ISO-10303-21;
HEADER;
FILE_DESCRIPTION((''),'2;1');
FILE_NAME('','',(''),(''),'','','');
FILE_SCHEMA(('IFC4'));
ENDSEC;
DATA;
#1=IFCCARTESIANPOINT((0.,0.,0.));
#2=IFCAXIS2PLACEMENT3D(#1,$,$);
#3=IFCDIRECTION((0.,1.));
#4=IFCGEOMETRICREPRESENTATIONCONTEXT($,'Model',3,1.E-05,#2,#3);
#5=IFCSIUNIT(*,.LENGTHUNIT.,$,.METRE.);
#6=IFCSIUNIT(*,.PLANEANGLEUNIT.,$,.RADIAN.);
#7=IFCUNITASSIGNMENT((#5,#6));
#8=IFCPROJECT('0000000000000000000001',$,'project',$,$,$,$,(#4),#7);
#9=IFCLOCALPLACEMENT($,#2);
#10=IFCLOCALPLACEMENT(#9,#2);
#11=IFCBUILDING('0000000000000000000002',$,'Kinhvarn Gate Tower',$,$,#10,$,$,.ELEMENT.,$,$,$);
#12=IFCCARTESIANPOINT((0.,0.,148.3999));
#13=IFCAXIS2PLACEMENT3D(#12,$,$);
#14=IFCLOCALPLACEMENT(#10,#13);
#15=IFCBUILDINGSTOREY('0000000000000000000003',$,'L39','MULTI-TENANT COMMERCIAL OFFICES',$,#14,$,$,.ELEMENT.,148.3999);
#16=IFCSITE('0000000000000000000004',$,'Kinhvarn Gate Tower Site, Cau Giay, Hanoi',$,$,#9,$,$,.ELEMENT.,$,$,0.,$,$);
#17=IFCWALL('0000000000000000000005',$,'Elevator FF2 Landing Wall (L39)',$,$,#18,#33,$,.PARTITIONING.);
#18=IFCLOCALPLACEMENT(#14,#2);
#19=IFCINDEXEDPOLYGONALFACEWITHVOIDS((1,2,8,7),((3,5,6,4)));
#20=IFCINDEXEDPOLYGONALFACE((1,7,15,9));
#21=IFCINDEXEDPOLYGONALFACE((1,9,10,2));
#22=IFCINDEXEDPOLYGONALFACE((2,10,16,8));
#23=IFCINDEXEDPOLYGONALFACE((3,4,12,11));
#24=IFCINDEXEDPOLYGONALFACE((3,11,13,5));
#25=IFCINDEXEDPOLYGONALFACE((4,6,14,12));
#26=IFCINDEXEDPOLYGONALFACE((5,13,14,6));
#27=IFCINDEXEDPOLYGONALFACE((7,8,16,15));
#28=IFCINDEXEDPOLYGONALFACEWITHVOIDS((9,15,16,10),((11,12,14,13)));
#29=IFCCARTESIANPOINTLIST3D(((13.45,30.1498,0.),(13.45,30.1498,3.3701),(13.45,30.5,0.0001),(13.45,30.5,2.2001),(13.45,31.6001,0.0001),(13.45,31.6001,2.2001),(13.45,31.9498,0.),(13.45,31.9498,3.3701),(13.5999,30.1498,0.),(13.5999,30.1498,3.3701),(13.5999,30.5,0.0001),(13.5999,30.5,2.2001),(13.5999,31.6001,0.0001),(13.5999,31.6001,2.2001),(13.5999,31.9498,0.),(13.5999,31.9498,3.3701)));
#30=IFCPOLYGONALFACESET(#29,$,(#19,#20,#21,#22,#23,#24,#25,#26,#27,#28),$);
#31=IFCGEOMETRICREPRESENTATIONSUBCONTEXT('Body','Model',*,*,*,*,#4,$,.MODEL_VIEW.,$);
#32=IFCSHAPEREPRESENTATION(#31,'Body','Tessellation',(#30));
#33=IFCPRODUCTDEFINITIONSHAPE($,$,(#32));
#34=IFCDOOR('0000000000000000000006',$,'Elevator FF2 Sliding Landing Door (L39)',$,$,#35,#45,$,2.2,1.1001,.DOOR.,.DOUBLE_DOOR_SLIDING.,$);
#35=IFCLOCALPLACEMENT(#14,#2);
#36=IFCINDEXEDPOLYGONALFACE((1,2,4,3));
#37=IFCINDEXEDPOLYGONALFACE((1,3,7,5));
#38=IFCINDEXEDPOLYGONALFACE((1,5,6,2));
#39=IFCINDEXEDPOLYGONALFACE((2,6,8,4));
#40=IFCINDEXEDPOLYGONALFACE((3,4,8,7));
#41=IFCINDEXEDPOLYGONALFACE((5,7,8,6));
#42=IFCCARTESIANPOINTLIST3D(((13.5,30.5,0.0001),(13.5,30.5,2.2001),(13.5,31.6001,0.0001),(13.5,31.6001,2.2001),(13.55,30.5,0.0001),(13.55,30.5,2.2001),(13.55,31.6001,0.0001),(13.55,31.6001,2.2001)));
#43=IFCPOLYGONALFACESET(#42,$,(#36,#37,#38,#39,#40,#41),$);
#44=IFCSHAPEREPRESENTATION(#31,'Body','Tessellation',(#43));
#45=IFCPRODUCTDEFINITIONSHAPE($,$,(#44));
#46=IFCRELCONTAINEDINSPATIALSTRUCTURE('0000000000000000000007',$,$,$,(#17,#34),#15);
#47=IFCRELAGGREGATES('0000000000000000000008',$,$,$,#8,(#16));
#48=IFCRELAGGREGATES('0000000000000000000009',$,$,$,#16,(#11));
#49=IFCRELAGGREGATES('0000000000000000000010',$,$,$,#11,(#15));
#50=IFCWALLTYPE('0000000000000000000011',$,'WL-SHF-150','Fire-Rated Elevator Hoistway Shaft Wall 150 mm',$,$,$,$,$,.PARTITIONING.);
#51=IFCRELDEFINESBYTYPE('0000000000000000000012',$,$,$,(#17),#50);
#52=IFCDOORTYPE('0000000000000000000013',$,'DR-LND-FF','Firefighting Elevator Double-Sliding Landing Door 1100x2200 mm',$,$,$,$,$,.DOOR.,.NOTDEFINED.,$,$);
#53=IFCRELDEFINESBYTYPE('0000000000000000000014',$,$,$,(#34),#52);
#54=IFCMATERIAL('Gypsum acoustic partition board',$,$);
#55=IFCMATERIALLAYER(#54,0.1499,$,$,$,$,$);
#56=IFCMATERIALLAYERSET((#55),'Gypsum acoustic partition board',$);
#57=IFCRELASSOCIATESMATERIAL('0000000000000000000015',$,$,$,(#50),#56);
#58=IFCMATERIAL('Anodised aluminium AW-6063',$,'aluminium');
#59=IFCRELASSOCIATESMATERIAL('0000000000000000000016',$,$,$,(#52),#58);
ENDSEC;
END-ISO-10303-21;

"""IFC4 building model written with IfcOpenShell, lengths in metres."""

from ifc_helpers import new_model, si_unit, direction, frame, frame_2d, origin, place, context, subcontext, project, spatial, rectangle, extrude, material, layer, layer_set, type_object, element, fill, save


model = new_model("IFC4")

# Units and contexts
model_context = context("Model", 3, precision=1e-05, world=origin(), true_north=direction((0.0, 1.0)))
body_context = subcontext(model_context, "Body", "Model", "MODEL_VIEW")
ifc_project = project(units=[si_unit("LENGTHUNIT", "METRE"), si_unit("PLANEANGLEUNIT", "RADIAN")], contexts=[model_context])

# Site, building, storey
site_placement = place(None, origin())
site = spatial("IfcSite", under=ifc_project, at=site_placement, Name="Kinhvarn Gate Tower Site, Cau Giay, Hanoi", CompositionType="ELEMENT", RefElevation=0.0)
building_placement = place(site_placement, origin())
building = spatial("IfcBuilding", under=site, at=building_placement, Name="Kinhvarn Gate Tower", CompositionType="ELEMENT")
storey_placement = place(building_placement, frame((0.0, 0.0, 148.3999)))
storey = spatial("IfcBuildingStorey", under=building, at=storey_placement, Name="L39", Description="MULTI-TENANT COMMERCIAL OFFICES", CompositionType="ELEMENT", Elevation=148.3999)

# Shared definitions
ifc_material_1 = material(Name="Gypsum acoustic partition board")

# Shared definitions
ifc_layer_1 = layer(ifc_material_1, 0.1499)
ifc_layer_set_1 = layer_set([ifc_layer_1], Name="Gypsum acoustic partition board")
wall_type_1 = type_object("IfcWallType", Name="WL-SHF-150", Description="Fire-Rated Elevator Hoistway Shaft Wall 150 mm", PredefinedType="PARTITIONING", material=ifc_layer_set_1)
ifc_material_2 = material(Name="Anodised aluminium AW-6063", Category="aluminium")

# Wall, opening, door
wall_1_placement = place(storey_placement, frame((13.5249, 30.1499, 0.0), z_axis=(0.0, 0.0, 1.0), x_axis=(0.0, 1.0, 0.0)))
wall_1 = element("IfcWall", 1, at=wall_1_placement, inside=storey, type_object=wall_type_1, Name="Elevator FF2 Landing Wall (L39)", PredefinedType="PARTITIONING", context=body_context, shape_type="SweptSolid", body=[
    extrude(rectangle(XDim=1.8, YDim=0.1499, at=frame_2d((0.8999, 0.0))), origin(), (0.0, 0.0, 1.0), 3.3701),
])
opening_1_placement = place(wall_1_placement, frame((0.3501, 0.0, 0.0)))
opening_1 = element("IfcOpeningElement", 2, at=opening_1_placement, cuts=wall_1, PredefinedType="OPENING", context=body_context, shape_type="SweptSolid", body=[
    extrude(rectangle(XDim=1.1001, YDim=2.2, at=frame_2d((0.55, 1.1001))), frame((0.0, 0.085, 0.0), z_axis=(0.0, -1.0, 0.0), x_axis=(1.0, 0.0, 0.0)), (0.0, 0.0, 1.0), 0.1699),
])
door_type_1 = type_object("IfcDoorType", Name="DR-LND-FF", Description="Firefighting Elevator Double-Sliding Landing Door 1100x2200 mm", OperationType="NOTDEFINED", PredefinedType="DOOR", material=ifc_material_2)
door_1_placement = place(opening_1_placement, origin())
door_1 = element("IfcDoor", 3, at=door_1_placement, inside=storey, type_object=door_type_1, Name="Elevator FF2 Sliding Landing Door (L39)", OperationType="DOUBLE_DOOR_SLIDING", OverallHeight=2.2, OverallWidth=1.1001, PredefinedType="DOOR", context=body_context, shape_type="SweptSolid", body=[
    extrude(rectangle(XDim=1.1001, YDim=2.2, at=frame_2d((0.55, 1.1001))), frame((0.0, 0.0249, 0.0), z_axis=(0.0, -1.0, 0.0), x_axis=(1.0, 0.0, 0.0)), (0.0, 0.0, 1.0), 0.05),
])
fill(opening_1, door_1)

save(model, "model.ifc")
